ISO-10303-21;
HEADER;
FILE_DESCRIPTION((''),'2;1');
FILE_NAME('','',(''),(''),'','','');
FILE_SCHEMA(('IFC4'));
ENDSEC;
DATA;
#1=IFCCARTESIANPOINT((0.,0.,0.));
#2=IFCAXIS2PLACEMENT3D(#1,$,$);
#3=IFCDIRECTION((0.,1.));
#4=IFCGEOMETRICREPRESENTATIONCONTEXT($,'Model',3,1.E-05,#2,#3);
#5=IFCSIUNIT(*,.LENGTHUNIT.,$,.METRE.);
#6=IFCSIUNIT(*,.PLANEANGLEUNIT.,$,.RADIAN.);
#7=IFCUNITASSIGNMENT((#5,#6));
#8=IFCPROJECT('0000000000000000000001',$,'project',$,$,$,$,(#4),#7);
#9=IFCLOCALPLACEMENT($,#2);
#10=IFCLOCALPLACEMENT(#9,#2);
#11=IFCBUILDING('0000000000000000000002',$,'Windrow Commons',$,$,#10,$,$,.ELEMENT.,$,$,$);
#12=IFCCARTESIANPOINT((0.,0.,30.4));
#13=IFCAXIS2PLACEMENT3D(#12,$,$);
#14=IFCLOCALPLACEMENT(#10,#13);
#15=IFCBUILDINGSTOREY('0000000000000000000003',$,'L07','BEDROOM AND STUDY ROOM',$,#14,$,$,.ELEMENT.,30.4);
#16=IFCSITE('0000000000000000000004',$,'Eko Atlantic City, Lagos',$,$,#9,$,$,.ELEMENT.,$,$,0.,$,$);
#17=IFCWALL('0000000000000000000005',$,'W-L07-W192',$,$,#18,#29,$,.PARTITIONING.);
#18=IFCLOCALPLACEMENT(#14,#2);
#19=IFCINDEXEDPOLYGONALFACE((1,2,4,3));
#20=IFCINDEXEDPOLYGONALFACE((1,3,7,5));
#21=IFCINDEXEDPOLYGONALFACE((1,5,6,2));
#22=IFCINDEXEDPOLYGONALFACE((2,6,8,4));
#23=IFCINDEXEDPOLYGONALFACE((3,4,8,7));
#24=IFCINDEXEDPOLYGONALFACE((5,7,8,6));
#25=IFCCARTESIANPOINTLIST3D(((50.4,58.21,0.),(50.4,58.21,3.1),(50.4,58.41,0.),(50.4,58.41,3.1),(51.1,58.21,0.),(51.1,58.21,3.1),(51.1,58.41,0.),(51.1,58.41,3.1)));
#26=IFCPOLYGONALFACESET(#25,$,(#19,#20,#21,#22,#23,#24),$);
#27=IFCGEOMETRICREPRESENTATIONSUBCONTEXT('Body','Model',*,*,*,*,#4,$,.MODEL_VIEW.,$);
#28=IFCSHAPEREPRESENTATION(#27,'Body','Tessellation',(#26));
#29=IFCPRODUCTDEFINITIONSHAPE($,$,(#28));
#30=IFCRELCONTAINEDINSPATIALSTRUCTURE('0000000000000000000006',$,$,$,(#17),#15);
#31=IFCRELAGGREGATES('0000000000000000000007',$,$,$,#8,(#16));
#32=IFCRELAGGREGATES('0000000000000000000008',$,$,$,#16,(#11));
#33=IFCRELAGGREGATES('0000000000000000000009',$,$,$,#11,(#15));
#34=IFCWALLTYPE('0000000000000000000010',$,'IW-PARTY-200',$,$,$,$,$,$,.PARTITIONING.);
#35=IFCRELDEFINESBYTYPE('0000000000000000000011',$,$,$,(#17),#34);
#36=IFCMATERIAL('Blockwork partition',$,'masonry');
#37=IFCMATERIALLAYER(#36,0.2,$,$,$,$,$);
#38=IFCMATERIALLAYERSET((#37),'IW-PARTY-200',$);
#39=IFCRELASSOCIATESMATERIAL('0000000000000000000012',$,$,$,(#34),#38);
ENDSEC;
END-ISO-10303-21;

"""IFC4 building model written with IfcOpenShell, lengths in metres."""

from ifc_helpers import new_model, si_unit, direction, frame, frame_2d, origin, place, context, subcontext, project, spatial, rectangle, extrude, material, layer, layer_set, type_object, element, save


model = new_model("IFC4")

# Units and contexts
model_context = context("Model", 3, precision=1e-05, world=origin(), true_north=direction((0.0, 1.0)))
body_context = subcontext(model_context, "Body", "Model", "MODEL_VIEW")
ifc_project = project(units=[si_unit("LENGTHUNIT", "METRE"), si_unit("PLANEANGLEUNIT", "RADIAN")], contexts=[model_context])

# Site, building, storey
site_placement = place(None, origin())
site = spatial("IfcSite", under=ifc_project, at=site_placement, Name="Eko Atlantic City, Lagos", CompositionType="ELEMENT", RefElevation=0.0)
building_placement = place(site_placement, origin())
building = spatial("IfcBuilding", under=site, at=building_placement, Name="Windrow Commons", CompositionType="ELEMENT")
storey_placement = place(building_placement, frame((0.0, 0.0, 30.4)))
storey = spatial("IfcBuildingStorey", under=building, at=storey_placement, Name="L07", Description="BEDROOM AND STUDY ROOM", CompositionType="ELEMENT", Elevation=30.4)

# Wall
ifc_material_1 = material(Name="Blockwork partition", Category="masonry")
ifc_layer_1 = layer(ifc_material_1, 0.2)
ifc_layer_set_1 = layer_set([ifc_layer_1], Name="IW-PARTY-200")
wall_type_1 = type_object("IfcWallType", Name="IW-PARTY-200", PredefinedType="PARTITIONING", material=ifc_layer_set_1)
wall_1_placement = place(storey_placement, frame((50.4, 58.31, 0.0), z_axis=(0.0, 0.0, 1.0), x_axis=(1.0, 0.0, 0.0)))
element("IfcWall", 1, at=wall_1_placement, inside=storey, type_object=wall_type_1, Name="W-L07-W192", PredefinedType="PARTITIONING", context=body_context, shape_type="SweptSolid", body=[
    extrude(rectangle(XDim=0.7, YDim=0.2, at=frame_2d((0.35, 0.0))), origin(), (0.0, 0.0, 1.0), 3.1),
])

save(model, "model.ifc")
